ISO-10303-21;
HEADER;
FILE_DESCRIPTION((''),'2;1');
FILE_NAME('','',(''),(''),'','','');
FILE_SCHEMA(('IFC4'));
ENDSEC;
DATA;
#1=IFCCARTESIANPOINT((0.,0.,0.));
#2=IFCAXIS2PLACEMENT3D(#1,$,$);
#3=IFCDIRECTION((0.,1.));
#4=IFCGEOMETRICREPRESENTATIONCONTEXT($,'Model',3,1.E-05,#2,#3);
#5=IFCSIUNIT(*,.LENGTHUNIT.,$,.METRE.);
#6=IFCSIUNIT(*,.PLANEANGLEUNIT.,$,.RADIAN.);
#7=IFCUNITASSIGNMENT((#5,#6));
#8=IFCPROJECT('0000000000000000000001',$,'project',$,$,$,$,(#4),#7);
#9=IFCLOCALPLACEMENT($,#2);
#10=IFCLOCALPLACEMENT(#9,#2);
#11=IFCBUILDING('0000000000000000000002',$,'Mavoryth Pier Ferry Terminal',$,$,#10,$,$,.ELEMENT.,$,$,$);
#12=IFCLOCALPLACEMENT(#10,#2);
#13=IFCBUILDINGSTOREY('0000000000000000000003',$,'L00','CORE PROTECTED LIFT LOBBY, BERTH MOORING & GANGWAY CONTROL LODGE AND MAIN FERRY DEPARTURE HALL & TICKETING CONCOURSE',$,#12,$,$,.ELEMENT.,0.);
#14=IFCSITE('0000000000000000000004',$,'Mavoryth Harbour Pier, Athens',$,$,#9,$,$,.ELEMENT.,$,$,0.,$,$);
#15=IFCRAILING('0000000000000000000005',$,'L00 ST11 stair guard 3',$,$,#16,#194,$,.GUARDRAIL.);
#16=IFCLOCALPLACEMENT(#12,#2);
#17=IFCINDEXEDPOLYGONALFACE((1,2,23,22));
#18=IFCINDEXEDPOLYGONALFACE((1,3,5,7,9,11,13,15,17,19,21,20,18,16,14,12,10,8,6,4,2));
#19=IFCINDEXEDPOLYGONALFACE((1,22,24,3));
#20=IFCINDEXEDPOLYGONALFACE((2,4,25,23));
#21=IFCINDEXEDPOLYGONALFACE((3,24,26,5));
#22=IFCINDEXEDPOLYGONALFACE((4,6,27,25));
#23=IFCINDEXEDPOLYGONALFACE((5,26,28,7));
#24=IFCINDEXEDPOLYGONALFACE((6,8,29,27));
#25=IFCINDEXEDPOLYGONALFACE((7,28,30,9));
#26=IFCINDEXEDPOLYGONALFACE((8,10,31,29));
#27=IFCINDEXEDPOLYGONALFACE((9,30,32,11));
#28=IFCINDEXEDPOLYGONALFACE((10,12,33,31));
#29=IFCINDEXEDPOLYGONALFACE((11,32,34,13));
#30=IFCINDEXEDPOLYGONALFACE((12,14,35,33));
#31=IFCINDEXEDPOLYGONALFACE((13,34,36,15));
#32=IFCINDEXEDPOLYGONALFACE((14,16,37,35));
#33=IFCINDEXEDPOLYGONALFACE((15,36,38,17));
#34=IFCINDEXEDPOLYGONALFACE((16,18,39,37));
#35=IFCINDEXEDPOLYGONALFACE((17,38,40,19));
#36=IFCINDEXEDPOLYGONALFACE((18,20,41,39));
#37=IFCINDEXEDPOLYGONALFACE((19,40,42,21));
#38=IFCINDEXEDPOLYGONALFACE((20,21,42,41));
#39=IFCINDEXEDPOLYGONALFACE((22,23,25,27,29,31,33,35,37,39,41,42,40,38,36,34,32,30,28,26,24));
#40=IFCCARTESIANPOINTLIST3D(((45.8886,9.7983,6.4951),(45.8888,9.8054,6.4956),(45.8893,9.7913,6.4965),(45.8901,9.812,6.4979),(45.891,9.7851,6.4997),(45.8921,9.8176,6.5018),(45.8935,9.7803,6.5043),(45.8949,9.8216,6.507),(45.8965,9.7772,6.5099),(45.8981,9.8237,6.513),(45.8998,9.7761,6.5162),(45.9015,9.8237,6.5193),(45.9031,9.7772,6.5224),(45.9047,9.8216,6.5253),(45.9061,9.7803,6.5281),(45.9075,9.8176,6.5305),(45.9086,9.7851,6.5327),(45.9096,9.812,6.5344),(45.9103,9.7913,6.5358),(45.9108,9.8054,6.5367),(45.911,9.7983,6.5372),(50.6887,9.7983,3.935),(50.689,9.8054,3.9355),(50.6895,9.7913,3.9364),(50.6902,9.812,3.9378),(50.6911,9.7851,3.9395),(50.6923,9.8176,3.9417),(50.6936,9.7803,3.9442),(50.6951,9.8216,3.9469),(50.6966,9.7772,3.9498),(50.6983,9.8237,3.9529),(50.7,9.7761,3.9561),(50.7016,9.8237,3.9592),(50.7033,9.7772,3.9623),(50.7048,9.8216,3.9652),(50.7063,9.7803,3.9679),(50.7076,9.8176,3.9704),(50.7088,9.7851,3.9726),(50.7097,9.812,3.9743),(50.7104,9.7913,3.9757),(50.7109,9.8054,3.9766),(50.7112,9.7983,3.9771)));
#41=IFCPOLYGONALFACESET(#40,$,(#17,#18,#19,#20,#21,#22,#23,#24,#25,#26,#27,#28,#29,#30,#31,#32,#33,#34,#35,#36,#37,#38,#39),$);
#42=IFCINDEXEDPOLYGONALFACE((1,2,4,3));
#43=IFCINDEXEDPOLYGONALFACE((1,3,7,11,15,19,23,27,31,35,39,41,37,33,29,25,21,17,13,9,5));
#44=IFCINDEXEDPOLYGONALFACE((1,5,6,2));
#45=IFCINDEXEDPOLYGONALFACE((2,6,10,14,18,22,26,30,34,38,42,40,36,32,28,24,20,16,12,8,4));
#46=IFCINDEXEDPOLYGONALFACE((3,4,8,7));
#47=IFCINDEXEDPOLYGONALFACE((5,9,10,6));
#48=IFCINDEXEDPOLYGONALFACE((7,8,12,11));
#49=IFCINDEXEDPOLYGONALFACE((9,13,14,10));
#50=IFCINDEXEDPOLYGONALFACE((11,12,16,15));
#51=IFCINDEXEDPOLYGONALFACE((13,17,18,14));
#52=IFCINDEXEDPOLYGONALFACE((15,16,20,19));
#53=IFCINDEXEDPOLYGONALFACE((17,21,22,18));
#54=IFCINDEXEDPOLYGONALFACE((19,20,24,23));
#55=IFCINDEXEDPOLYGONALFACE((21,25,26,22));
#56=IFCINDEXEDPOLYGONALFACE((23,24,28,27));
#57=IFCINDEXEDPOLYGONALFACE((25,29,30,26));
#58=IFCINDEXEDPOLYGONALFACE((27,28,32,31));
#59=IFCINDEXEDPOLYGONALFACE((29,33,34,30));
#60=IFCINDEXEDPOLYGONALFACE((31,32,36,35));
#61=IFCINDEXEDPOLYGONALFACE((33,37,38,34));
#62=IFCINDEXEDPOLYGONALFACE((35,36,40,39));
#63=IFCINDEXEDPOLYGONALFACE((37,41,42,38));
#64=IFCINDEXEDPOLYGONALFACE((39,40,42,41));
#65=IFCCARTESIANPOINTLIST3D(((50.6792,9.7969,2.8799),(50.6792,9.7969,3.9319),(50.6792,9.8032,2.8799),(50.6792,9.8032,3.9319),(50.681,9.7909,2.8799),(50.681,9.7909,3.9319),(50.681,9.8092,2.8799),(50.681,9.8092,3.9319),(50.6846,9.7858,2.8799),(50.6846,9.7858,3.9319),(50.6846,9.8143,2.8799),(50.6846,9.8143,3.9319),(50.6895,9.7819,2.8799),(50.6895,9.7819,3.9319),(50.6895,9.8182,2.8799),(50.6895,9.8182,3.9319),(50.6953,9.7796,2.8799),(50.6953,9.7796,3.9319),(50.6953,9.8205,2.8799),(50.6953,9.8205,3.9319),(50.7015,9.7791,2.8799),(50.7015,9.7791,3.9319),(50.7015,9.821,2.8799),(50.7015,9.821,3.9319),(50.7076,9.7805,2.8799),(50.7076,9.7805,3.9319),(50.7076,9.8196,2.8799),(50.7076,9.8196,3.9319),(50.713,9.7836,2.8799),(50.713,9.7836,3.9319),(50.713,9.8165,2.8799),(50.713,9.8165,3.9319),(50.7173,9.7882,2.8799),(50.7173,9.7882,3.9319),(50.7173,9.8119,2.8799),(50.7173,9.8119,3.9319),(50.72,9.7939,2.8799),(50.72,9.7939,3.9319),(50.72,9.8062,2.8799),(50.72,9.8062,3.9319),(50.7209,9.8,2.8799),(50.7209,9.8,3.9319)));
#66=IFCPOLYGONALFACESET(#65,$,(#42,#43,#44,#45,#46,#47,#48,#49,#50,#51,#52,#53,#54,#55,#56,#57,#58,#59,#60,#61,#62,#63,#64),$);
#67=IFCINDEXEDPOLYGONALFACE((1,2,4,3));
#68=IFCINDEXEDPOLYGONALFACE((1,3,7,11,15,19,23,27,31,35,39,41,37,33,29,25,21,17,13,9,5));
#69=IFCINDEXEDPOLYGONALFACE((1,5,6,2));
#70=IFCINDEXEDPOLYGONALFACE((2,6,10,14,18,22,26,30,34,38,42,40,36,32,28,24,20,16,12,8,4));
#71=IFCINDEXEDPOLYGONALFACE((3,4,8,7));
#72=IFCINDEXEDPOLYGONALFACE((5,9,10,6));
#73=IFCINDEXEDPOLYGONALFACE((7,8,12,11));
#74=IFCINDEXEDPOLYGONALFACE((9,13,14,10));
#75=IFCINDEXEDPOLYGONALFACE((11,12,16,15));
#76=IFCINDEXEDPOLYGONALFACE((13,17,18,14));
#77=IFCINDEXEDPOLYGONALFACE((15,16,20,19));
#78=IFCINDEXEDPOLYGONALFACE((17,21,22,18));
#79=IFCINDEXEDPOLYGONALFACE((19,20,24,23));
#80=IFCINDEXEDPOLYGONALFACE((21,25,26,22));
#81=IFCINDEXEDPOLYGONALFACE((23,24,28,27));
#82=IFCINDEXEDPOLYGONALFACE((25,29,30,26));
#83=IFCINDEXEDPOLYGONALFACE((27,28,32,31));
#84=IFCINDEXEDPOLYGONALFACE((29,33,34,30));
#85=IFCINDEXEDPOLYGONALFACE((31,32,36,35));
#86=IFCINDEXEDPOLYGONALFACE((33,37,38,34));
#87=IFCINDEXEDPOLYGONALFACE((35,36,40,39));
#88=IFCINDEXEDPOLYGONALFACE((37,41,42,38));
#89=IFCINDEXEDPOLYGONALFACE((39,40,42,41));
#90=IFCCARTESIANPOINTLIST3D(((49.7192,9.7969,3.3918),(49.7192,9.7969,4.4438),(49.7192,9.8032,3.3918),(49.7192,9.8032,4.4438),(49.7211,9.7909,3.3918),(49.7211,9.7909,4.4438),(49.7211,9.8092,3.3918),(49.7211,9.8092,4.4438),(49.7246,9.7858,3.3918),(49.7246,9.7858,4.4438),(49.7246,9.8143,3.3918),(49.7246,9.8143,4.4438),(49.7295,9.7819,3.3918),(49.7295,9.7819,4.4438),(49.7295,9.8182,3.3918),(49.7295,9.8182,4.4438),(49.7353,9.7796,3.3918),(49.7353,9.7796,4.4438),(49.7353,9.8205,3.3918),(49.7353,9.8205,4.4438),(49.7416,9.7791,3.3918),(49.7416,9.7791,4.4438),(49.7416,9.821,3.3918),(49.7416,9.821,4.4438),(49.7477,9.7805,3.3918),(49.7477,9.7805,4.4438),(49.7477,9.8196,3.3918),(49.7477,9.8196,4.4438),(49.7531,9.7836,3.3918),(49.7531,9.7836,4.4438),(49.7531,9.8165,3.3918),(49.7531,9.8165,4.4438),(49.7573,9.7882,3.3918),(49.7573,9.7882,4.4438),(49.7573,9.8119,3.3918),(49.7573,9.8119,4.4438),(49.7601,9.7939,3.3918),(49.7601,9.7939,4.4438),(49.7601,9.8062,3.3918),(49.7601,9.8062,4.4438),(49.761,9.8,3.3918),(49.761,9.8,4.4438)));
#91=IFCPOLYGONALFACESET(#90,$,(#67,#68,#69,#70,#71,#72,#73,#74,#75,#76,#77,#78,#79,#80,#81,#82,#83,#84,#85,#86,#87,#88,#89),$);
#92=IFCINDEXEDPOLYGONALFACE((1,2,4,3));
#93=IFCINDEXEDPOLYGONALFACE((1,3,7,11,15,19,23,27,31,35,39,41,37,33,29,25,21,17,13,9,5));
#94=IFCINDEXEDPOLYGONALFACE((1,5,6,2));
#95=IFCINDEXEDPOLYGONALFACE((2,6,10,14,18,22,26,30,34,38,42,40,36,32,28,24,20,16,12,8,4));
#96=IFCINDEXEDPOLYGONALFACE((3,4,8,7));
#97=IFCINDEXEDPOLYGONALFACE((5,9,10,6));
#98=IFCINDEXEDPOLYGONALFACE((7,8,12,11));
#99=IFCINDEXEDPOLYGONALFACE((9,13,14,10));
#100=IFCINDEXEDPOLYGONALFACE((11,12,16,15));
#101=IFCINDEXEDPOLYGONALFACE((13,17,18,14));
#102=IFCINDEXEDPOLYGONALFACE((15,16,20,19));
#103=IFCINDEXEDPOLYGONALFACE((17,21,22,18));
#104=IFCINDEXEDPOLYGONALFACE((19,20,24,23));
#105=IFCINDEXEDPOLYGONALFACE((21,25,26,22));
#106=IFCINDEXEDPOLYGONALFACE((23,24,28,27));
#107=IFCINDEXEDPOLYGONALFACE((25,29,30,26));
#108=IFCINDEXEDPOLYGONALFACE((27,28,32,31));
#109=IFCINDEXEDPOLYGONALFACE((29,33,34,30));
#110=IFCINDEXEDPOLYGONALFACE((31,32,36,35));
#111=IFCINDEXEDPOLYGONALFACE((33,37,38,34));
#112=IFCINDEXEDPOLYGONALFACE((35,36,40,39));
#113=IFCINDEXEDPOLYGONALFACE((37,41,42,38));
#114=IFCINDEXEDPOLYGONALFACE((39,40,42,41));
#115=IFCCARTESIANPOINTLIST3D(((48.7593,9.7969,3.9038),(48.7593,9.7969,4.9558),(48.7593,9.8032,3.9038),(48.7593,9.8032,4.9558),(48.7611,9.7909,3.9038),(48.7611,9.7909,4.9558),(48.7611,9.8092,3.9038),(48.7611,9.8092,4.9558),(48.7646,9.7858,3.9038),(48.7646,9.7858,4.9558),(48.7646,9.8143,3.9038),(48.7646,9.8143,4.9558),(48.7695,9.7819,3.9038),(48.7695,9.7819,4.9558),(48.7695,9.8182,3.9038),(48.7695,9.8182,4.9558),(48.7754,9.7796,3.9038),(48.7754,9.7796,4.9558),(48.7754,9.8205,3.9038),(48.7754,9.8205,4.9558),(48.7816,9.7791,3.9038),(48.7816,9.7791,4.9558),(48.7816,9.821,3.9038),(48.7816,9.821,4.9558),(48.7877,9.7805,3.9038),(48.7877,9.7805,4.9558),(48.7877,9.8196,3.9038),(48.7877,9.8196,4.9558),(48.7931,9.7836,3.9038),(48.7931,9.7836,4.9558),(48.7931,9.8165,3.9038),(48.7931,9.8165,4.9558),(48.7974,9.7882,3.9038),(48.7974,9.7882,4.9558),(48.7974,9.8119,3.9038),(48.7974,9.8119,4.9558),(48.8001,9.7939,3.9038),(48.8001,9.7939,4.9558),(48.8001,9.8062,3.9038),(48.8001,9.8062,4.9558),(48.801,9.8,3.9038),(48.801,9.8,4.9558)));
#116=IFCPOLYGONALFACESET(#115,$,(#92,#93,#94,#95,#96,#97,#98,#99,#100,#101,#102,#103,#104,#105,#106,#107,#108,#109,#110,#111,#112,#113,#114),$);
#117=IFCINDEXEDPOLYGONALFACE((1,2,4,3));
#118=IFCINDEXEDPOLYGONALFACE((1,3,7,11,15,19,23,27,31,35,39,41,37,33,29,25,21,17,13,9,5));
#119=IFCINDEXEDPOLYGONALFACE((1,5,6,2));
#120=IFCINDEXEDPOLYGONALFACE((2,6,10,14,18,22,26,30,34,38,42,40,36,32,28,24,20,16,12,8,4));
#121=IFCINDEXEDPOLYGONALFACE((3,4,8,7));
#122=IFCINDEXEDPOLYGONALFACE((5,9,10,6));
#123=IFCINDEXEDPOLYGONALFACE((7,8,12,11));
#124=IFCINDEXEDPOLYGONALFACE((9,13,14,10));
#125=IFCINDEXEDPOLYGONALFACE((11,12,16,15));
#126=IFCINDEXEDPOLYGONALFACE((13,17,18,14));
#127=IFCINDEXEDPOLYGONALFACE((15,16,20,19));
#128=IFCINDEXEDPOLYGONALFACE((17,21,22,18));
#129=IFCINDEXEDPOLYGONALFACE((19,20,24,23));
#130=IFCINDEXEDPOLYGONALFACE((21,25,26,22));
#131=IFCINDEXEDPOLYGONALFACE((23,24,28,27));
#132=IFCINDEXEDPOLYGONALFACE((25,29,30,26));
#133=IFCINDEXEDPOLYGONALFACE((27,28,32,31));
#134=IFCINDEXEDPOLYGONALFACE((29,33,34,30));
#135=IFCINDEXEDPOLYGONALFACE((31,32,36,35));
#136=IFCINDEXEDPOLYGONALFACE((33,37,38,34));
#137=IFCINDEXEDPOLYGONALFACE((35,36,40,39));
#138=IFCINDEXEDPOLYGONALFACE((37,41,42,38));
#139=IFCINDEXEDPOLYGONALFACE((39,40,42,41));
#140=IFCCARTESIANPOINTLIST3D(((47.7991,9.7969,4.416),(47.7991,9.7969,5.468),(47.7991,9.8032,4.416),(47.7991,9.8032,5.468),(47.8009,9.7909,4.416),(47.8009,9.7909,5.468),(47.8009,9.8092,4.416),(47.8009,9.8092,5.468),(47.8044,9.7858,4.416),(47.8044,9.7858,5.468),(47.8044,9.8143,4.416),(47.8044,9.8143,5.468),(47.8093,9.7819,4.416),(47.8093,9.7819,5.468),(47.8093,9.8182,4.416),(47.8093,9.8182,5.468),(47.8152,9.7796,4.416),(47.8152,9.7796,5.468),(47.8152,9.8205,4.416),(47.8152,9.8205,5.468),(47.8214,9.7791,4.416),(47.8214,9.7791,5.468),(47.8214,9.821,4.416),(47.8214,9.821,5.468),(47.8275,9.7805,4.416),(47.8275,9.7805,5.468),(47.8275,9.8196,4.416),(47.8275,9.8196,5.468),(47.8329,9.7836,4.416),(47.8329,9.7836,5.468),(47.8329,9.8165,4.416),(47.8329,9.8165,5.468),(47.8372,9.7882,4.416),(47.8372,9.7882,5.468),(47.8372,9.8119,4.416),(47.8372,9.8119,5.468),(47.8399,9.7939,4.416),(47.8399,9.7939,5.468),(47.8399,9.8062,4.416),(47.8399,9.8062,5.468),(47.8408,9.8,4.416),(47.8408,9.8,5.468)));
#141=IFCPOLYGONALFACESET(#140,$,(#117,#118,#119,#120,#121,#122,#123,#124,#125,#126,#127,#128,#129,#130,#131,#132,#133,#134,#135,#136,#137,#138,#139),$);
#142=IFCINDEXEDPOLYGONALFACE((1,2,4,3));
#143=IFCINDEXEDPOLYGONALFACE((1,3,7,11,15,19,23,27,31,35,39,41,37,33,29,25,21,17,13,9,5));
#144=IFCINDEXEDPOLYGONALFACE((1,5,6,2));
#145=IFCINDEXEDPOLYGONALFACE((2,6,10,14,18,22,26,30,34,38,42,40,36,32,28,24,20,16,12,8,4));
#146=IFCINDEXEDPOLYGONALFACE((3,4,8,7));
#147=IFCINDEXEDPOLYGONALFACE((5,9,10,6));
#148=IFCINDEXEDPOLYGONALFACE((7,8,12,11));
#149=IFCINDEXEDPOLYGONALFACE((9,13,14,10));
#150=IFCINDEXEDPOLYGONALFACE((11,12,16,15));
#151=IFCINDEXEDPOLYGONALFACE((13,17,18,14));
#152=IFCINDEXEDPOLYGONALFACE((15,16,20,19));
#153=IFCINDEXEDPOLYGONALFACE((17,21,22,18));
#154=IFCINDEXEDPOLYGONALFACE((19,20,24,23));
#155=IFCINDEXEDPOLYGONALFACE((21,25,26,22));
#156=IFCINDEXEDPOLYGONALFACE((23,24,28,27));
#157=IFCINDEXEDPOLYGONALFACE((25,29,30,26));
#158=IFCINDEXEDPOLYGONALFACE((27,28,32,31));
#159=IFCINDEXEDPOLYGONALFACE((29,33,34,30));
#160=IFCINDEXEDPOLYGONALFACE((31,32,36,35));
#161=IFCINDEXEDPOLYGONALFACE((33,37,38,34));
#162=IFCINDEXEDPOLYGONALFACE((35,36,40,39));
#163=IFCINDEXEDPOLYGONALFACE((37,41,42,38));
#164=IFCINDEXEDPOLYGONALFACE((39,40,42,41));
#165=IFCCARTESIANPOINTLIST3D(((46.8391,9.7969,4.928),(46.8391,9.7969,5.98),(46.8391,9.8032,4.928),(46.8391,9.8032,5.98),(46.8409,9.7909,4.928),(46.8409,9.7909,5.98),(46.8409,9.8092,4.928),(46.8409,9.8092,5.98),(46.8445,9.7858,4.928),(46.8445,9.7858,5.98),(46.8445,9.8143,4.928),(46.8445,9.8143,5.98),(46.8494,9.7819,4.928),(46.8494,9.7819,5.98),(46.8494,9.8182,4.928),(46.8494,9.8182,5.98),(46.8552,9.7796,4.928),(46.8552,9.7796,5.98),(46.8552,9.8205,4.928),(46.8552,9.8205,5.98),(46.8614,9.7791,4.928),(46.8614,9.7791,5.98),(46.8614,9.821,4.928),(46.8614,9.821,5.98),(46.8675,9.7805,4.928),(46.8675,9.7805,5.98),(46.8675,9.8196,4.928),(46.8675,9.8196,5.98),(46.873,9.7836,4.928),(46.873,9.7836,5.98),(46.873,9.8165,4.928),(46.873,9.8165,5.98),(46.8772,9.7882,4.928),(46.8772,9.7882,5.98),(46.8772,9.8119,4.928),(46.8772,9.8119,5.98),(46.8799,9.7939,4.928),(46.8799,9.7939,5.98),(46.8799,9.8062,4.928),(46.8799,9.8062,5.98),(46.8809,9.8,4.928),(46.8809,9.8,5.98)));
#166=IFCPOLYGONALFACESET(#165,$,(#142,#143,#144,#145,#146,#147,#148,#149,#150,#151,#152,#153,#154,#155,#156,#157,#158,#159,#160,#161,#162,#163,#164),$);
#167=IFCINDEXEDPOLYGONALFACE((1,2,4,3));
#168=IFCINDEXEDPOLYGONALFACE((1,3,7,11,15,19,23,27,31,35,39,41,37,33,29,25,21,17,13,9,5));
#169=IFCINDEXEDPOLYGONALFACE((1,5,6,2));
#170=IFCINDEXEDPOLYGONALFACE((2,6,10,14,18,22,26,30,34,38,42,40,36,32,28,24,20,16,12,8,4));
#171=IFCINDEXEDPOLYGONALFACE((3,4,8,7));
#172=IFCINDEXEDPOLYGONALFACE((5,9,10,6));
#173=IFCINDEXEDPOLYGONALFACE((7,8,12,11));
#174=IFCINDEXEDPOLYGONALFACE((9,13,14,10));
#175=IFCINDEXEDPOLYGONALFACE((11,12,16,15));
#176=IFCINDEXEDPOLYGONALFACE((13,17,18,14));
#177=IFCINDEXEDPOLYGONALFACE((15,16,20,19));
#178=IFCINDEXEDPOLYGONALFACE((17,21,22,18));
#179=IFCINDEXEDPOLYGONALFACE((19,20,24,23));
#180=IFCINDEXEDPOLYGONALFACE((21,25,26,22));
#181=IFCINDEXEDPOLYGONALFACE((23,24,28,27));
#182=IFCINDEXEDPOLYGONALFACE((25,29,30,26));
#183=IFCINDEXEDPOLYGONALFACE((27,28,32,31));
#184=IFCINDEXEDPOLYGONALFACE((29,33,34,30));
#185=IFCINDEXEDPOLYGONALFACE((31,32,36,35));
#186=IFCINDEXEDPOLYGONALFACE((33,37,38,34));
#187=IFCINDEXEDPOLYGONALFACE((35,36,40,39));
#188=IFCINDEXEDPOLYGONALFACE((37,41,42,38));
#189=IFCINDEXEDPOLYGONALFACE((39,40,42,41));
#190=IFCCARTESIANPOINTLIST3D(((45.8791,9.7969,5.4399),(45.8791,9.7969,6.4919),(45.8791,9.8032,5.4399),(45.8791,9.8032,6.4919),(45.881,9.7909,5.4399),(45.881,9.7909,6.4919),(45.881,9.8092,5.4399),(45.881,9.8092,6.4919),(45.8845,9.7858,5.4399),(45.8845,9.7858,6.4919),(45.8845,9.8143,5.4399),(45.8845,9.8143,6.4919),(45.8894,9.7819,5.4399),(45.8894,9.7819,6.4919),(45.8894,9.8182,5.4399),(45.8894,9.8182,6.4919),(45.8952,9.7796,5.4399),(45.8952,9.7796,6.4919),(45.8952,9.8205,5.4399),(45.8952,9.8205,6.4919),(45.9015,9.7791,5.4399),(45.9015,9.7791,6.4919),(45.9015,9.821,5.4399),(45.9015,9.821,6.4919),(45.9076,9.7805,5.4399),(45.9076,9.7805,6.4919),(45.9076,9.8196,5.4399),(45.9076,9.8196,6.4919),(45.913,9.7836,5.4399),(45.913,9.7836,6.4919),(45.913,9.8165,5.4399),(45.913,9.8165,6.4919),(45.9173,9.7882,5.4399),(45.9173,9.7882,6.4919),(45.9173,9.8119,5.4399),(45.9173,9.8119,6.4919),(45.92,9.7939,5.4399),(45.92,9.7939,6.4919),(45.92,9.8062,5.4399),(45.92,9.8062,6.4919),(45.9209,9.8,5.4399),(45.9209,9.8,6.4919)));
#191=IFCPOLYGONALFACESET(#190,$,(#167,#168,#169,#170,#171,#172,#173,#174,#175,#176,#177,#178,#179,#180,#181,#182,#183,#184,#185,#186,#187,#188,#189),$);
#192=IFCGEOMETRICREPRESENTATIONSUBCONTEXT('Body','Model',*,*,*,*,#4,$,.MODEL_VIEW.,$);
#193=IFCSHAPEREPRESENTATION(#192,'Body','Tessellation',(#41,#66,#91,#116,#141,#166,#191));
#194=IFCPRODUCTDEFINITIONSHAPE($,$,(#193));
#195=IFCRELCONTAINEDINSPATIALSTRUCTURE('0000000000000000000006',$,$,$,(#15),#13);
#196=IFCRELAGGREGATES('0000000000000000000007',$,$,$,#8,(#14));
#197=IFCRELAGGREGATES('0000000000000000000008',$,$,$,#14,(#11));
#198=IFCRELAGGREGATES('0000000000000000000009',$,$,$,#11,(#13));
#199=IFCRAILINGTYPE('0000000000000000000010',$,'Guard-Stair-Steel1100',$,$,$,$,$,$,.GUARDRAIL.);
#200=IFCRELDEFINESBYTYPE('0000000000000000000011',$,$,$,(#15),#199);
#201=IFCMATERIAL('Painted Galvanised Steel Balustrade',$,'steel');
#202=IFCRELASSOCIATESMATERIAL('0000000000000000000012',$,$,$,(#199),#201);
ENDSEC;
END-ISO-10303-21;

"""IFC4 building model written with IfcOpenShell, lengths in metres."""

from ifc_helpers import new_model, si_unit, direction, frame, origin, origin_2d, place, context, subcontext, project, spatial, circle, extrude, material, type_object, element, save


model = new_model("IFC4")

# Units and contexts
model_context = context("Model", 3, precision=1e-05, world=origin(), true_north=direction((0.0, 1.0)))
body_context = subcontext(model_context, "Body", "Model", "MODEL_VIEW")
ifc_project = project(units=[si_unit("LENGTHUNIT", "METRE"), si_unit("PLANEANGLEUNIT", "RADIAN")], contexts=[model_context])

# Site, building, storey
site_placement = place(None, origin())
site = spatial("IfcSite", under=ifc_project, at=site_placement, Name="Mavoryth Harbour Pier, Athens", CompositionType="ELEMENT", RefElevation=0.0)
building_placement = place(site_placement, origin())
building = spatial("IfcBuilding", under=site, at=building_placement, Name="Mavoryth Pier Ferry Terminal", CompositionType="ELEMENT")
storey_placement = place(building_placement, origin())
storey = spatial("IfcBuildingStorey", under=building, at=storey_placement, Name="L00", Description="CORE PROTECTED LIFT LOBBY, BERTH MOORING & GANGWAY CONTROL LODGE AND MAIN FERRY DEPARTURE HALL & TICKETING CONCOURSE", CompositionType="ELEMENT", Elevation=0.0)

# Railing
ifc_material_1 = material(Name="Painted Galvanised Steel Balustrade", Category="steel")
railing_type_1 = type_object("IfcRailingType", Name="Guard-Stair-Steel1100", PredefinedType="GUARDRAIL", material=ifc_material_1)
railing_1_placement = place(storey_placement, frame((50.7, 9.8, 2.8799)))
element("IfcRailing", 1, at=railing_1_placement, inside=storey, type_object=railing_type_1, Name="L00 ST11 stair guard 3", PredefinedType="GUARDRAIL", context=body_context, shape_type="SweptSolid", body=[
    extrude(circle(Radius=0.0239, at=origin_2d()), frame((0.0, 0.0, 1.0762), z_axis=(-0.88235, 0.0, 0.470593), x_axis=(0.0, -1.0, 0.0)), (0.0, 0.0, 1.0), 5.4402),
    extrude(circle(Radius=0.021, at=origin_2d()), origin(), (0.0, 0.0, 1.0), 1.052),
    extrude(circle(Radius=0.021, at=origin_2d()), frame((-0.96, 0.0, 0.512)), (0.0, 0.0, 1.0), 1.052),
    extrude(circle(Radius=0.021, at=origin_2d()), frame((-1.9199, 0.0, 1.0239)), (0.0, 0.0, 1.0), 1.052),
    extrude(circle(Radius=0.021, at=origin_2d()), frame((-2.8801, 0.0, 1.5361)), (0.0, 0.0, 1.0), 1.052),
    extrude(circle(Radius=0.021, at=origin_2d()), frame((-3.8401, 0.0, 2.0481)), (0.0, 0.0, 1.0), 1.052),
    extrude(circle(Radius=0.021, at=origin_2d()), frame((-4.8, 0.0, 2.5601)), (0.0, 0.0, 1.0), 1.052),
])

save(model, "model.ifc")
